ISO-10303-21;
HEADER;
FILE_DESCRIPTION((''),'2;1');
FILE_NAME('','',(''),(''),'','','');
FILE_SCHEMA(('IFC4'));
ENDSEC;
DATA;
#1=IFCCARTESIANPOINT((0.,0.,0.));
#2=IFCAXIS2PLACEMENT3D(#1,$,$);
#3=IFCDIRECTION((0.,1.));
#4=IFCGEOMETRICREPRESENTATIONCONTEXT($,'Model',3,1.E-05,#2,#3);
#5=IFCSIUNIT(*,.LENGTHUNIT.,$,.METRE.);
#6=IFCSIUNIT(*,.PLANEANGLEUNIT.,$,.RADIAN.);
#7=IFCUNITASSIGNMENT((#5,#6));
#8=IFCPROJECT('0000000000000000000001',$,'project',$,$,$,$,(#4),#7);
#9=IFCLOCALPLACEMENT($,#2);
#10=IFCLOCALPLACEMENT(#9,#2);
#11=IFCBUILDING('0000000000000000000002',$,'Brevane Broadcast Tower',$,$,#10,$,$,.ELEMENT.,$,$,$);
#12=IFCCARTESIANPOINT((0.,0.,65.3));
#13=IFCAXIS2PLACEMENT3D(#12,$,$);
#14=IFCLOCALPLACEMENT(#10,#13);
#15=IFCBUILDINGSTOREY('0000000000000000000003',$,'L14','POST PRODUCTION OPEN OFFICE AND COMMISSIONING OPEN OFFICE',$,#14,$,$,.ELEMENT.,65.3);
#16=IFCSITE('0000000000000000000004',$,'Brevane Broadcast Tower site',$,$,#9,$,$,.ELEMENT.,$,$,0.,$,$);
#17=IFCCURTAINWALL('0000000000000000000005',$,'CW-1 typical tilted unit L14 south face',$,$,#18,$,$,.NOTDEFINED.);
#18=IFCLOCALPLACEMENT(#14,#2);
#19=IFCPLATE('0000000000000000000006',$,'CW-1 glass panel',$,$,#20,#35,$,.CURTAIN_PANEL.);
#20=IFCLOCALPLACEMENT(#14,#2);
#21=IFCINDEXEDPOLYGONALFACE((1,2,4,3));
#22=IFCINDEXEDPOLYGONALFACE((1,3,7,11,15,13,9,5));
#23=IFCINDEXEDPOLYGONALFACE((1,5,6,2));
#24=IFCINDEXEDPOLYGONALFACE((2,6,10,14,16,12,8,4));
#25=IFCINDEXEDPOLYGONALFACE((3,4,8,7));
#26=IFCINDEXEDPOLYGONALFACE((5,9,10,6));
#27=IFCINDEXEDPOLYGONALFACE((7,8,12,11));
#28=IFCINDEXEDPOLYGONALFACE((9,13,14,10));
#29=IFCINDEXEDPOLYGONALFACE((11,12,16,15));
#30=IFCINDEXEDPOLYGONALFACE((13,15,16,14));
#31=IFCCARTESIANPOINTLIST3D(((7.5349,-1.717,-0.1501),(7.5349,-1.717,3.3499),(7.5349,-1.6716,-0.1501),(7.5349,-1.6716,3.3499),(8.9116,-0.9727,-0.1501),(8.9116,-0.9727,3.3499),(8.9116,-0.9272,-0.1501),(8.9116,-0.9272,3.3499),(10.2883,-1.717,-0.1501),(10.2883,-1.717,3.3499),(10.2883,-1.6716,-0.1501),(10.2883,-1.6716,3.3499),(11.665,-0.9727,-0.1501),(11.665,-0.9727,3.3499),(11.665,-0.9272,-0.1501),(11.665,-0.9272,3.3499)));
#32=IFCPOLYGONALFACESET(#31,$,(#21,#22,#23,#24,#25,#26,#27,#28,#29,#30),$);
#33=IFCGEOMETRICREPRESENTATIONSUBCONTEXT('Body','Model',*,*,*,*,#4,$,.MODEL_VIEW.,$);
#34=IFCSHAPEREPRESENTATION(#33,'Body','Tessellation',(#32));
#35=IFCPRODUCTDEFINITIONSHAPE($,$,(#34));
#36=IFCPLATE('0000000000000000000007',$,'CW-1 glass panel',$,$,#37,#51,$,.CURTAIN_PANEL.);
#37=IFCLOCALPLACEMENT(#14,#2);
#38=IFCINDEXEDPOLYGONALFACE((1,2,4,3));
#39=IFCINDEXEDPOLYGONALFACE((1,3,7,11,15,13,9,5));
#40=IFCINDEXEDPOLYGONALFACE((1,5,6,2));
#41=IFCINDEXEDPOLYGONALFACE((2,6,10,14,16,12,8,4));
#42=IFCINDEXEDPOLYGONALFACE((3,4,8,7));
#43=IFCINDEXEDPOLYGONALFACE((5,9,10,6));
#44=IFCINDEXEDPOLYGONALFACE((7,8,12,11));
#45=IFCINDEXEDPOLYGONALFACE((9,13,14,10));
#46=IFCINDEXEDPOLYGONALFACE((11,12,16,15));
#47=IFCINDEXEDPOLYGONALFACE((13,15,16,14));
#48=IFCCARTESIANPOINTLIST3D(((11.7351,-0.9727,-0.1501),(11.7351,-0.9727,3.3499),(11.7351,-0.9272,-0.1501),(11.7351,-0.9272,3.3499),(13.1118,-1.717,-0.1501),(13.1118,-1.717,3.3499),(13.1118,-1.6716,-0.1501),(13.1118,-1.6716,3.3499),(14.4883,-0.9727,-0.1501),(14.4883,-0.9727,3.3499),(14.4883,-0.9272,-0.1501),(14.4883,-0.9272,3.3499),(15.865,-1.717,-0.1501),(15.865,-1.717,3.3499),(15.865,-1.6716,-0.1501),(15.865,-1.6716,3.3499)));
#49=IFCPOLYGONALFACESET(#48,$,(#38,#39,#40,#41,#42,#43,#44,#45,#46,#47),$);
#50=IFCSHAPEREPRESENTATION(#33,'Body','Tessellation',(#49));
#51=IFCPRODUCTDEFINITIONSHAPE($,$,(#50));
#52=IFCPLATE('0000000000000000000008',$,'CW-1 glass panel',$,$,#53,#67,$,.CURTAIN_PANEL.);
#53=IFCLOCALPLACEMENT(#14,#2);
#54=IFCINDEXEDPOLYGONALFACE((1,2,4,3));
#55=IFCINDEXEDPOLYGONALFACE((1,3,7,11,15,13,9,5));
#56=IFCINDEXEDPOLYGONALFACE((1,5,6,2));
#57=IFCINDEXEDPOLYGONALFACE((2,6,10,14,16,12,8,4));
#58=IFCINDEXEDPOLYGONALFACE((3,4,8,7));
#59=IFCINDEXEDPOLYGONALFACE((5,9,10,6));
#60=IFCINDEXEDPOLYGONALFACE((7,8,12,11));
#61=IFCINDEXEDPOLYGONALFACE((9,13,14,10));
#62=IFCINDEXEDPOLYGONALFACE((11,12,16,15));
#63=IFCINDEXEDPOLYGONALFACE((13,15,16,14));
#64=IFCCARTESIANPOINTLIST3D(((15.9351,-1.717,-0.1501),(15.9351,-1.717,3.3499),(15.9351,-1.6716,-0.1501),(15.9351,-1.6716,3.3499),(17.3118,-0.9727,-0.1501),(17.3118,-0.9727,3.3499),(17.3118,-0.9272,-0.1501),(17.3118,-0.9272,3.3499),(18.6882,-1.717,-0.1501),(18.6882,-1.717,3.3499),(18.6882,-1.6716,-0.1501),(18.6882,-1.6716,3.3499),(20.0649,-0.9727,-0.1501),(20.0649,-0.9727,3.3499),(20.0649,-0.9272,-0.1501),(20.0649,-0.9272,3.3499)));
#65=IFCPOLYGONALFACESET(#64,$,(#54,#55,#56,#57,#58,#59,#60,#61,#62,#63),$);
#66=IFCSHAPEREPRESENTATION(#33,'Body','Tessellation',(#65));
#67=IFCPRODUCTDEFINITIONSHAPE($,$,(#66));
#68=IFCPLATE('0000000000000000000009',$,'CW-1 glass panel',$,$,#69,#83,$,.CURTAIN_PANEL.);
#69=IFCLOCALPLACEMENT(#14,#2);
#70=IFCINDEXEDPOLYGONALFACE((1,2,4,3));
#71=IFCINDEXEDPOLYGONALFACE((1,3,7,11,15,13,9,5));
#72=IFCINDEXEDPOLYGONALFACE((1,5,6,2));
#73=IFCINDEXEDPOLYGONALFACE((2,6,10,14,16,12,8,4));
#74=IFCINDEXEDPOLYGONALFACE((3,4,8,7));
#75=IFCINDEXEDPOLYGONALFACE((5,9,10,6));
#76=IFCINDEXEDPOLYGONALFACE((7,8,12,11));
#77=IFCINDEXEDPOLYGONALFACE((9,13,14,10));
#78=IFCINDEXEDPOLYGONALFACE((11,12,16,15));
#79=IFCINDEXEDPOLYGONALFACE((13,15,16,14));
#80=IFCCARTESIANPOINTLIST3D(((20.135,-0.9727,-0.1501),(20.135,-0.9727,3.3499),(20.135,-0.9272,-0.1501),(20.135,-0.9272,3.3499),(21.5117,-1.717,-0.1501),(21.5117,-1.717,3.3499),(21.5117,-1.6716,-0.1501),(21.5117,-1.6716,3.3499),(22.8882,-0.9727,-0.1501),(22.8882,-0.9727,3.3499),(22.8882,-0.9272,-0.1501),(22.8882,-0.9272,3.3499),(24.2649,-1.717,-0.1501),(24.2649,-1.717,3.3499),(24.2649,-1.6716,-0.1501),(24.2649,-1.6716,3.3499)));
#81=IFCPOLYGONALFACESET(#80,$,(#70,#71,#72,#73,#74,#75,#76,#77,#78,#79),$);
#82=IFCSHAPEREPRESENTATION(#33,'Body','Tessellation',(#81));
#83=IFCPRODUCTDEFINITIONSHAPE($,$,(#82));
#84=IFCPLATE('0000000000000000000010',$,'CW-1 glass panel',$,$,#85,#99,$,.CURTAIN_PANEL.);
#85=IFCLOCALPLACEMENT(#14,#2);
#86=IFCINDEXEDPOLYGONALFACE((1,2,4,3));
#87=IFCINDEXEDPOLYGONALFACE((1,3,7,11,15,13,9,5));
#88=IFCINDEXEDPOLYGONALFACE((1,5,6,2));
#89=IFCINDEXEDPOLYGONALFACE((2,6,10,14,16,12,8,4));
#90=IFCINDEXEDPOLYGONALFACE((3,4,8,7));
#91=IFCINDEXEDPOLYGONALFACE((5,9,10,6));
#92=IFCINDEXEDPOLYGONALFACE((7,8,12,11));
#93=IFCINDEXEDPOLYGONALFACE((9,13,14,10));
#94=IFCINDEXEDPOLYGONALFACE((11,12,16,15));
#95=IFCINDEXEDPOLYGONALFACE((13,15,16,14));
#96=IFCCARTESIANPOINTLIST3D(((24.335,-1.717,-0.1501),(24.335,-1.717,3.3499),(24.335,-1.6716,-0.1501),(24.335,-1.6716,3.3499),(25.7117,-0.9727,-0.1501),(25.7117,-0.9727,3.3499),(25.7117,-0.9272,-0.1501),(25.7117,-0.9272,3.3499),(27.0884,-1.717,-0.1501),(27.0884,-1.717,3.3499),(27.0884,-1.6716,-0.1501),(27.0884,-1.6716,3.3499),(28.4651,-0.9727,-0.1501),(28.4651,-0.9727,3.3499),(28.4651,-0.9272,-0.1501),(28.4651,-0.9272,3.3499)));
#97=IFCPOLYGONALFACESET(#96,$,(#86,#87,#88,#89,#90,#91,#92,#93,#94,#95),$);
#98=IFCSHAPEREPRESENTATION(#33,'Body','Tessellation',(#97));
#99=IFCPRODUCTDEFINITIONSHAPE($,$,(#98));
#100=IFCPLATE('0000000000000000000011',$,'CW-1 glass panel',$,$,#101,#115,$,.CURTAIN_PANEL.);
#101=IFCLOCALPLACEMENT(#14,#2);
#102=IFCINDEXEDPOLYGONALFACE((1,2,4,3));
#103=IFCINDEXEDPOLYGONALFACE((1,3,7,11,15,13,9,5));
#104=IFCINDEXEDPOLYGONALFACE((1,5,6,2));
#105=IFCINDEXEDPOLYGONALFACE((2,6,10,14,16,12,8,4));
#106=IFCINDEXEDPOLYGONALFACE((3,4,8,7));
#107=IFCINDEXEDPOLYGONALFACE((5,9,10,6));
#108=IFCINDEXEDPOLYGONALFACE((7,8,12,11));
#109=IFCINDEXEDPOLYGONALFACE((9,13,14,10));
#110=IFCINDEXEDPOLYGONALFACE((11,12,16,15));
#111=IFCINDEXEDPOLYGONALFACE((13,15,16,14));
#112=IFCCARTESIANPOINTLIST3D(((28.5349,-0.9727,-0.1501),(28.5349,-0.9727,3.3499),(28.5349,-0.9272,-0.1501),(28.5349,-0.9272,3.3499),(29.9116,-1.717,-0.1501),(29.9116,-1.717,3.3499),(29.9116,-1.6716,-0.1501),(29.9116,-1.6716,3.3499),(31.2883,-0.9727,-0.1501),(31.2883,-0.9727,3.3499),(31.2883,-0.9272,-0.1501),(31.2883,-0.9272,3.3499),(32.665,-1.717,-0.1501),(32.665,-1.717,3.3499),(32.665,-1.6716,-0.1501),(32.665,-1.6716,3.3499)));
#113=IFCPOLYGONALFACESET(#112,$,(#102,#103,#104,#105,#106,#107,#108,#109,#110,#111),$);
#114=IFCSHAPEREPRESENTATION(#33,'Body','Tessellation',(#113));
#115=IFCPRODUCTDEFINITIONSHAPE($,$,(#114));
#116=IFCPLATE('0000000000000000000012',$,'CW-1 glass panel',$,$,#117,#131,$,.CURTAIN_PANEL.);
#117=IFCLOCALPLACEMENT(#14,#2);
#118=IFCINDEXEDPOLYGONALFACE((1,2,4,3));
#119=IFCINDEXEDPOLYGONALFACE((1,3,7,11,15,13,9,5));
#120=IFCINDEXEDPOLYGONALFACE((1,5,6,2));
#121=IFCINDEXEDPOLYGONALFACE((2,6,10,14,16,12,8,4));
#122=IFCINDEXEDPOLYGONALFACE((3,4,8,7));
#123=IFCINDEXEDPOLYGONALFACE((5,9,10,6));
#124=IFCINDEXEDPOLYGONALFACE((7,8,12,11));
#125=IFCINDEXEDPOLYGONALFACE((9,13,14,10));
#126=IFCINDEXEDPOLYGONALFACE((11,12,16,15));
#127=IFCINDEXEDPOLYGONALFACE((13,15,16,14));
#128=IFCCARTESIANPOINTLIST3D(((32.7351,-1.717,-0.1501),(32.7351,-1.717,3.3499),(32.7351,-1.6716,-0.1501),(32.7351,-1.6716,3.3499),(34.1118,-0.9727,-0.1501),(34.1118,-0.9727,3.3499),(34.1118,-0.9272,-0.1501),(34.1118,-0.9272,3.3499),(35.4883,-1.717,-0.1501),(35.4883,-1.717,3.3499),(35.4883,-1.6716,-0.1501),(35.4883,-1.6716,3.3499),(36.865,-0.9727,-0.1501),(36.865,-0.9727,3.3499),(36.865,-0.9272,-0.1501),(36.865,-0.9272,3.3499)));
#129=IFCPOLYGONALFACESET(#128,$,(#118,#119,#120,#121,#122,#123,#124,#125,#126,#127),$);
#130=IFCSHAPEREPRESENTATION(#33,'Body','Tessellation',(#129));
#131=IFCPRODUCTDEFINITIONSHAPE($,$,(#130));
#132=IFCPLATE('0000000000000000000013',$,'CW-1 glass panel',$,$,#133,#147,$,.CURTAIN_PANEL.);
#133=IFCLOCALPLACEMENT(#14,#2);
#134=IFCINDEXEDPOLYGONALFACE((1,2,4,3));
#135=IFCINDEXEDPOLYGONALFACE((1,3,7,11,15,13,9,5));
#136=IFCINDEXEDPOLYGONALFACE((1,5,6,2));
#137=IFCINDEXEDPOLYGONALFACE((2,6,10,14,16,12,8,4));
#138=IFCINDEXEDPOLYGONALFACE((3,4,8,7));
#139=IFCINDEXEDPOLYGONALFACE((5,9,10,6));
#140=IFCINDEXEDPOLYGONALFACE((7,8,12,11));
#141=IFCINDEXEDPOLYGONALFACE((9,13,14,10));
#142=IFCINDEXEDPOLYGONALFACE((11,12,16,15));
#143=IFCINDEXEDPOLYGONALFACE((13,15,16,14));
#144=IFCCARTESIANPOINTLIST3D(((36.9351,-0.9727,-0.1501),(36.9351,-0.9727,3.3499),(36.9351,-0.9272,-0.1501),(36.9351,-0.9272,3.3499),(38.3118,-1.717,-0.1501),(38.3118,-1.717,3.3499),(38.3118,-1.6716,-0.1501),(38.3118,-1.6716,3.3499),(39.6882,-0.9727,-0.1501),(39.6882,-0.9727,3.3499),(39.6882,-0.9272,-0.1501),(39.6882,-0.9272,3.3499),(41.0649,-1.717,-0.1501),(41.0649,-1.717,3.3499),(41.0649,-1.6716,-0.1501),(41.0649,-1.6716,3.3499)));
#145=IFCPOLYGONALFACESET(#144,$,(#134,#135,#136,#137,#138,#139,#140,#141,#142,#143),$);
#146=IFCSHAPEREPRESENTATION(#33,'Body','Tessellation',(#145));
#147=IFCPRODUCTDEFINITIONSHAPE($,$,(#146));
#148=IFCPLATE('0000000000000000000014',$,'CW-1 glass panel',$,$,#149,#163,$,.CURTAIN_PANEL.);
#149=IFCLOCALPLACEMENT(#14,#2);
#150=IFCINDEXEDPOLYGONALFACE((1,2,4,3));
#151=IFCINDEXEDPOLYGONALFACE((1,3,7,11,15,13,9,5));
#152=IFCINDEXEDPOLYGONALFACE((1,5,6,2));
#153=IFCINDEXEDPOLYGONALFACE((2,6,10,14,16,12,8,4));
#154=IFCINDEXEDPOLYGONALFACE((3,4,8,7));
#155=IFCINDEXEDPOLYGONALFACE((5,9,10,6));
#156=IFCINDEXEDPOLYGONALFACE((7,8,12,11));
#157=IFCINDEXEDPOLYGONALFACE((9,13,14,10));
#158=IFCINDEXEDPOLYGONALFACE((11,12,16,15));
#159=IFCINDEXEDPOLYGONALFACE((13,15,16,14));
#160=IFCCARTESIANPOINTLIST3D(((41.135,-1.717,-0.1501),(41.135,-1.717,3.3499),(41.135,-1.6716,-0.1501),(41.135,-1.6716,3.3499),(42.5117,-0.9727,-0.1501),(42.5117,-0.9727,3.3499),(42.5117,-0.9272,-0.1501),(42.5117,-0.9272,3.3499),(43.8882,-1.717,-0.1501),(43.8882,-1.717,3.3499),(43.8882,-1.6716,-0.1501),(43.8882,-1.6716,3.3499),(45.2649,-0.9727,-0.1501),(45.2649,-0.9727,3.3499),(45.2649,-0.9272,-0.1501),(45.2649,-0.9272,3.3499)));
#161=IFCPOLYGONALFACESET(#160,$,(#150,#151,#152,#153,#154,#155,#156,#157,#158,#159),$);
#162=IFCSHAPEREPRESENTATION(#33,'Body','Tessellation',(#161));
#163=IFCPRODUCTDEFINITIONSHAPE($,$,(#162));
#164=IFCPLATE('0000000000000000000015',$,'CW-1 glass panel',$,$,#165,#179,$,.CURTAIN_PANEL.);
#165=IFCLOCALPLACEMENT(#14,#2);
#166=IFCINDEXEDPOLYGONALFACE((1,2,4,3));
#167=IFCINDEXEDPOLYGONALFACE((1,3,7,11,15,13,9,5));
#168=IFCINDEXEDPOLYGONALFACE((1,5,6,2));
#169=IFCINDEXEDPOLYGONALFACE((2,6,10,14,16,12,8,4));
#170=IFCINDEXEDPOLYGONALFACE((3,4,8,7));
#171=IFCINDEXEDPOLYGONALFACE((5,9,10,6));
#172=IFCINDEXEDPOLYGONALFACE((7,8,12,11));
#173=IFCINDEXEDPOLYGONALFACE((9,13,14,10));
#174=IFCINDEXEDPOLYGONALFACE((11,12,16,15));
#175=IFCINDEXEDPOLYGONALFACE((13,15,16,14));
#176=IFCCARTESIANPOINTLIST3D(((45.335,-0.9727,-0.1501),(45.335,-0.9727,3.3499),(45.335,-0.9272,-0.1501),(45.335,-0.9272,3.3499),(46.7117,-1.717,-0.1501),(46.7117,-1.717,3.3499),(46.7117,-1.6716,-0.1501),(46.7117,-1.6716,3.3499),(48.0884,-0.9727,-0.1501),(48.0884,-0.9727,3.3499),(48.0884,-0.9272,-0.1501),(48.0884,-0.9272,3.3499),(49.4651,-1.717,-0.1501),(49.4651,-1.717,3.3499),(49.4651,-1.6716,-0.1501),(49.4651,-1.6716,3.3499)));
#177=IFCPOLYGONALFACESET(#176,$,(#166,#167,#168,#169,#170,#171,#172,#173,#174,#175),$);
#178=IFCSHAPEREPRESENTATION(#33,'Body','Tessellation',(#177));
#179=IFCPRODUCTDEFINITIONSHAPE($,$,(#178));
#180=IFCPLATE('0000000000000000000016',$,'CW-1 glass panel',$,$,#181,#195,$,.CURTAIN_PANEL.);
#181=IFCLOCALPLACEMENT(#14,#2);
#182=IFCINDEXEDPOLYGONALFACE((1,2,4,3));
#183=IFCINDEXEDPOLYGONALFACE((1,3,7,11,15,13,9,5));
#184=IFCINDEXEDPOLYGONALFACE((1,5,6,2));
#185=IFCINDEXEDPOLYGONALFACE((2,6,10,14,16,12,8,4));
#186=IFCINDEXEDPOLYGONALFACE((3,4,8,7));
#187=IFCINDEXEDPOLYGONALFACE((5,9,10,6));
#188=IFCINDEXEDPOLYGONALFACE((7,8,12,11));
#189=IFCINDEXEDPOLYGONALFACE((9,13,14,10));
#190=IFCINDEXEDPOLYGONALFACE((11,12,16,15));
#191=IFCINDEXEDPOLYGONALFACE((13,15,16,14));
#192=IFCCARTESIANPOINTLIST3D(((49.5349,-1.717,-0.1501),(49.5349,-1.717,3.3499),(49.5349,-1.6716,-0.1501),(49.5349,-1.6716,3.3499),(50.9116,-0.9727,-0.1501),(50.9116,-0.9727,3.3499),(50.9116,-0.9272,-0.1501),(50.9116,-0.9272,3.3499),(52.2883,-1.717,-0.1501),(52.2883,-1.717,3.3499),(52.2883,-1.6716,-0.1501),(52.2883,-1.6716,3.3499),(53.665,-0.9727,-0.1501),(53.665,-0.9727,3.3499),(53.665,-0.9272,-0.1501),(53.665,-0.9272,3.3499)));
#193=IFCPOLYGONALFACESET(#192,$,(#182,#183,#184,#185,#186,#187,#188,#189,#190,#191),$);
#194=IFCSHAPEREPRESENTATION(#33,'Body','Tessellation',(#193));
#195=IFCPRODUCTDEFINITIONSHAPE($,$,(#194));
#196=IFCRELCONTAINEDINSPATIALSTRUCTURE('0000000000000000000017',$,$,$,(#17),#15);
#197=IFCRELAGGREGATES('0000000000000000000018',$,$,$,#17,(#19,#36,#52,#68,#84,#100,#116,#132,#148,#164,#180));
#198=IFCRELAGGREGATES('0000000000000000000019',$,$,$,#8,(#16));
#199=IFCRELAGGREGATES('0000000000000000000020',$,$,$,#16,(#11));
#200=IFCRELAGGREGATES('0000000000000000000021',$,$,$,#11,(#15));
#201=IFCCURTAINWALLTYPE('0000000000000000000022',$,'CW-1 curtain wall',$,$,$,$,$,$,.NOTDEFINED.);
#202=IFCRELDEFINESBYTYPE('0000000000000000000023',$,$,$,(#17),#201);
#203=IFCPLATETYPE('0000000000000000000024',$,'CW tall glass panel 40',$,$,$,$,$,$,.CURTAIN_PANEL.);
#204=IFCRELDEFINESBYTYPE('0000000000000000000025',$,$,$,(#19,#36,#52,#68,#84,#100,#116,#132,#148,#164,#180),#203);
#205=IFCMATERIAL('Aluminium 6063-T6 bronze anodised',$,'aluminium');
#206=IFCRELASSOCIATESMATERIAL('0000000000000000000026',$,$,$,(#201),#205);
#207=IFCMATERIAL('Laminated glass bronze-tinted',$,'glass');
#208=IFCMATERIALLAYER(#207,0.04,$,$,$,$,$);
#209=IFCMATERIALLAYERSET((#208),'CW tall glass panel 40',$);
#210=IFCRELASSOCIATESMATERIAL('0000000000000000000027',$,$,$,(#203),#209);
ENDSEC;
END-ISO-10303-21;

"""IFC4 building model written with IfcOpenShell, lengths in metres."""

from ifc_helpers import new_model, si_unit, direction, frame, origin, place, context, subcontext, project, spatial, polyline, outline, extrude, material, layer, layer_set, type_object, element, aggregate, save


model = new_model("IFC4")

# Units and contexts
model_context = context("Model", 3, precision=1e-05, world=origin(), true_north=direction((0.0, 1.0)))
body_context = subcontext(model_context, "Body", "Model", "MODEL_VIEW")
ifc_project = project(units=[si_unit("LENGTHUNIT", "METRE"), si_unit("PLANEANGLEUNIT", "RADIAN")], contexts=[model_context])

# Site, building, storey
site_placement = place(None, origin())
site = spatial("IfcSite", under=ifc_project, at=site_placement, Name="Brevane Broadcast Tower site", CompositionType="ELEMENT", RefElevation=0.0)
building_placement = place(site_placement, origin())
building = spatial("IfcBuilding", under=site, at=building_placement, Name="Brevane Broadcast Tower", CompositionType="ELEMENT")
storey_placement = place(building_placement, frame((0.0, 0.0, 65.3)))
storey = spatial("IfcBuildingStorey", under=building, at=storey_placement, Name="L14", Description="POST PRODUCTION OPEN OFFICE AND COMMISSIONING OPEN OFFICE", CompositionType="ELEMENT", Elevation=65.3)

# Curtain wall, plates
ifc_material_1 = material(Name="Aluminium 6063-T6 bronze anodised", Category="aluminium")
curtain_wall_type = type_object("IfcCurtainWallType", Name="CW-1 curtain wall", PredefinedType="NOTDEFINED", material=ifc_material_1)
curtain_wall_1_placement = place(storey_placement, origin())
curtain_wall_1 = element("IfcCurtainWall", 1, at=curtain_wall_1_placement, inside=storey, type_object=curtain_wall_type, Name="CW-1 typical tilted unit L14 south face", PredefinedType="NOTDEFINED")
ifc_material_2 = material(Name="Laminated glass bronze-tinted", Category="glass")
ifc_layer = layer(ifc_material_2, 0.04)
ifc_layer_set = layer_set([ifc_layer], Name="CW tall glass panel 40")
plate_type = type_object("IfcPlateType", Name="CW tall glass panel 40", PredefinedType="CURTAIN_PANEL", material=ifc_layer_set)
plate_1_placement = place(storey_placement, frame((0.0, 0.0, -0.1501)))
plate_1 = element("IfcPlate", 2, at=plate_1_placement, type_object=plate_type, Name="CW-1 glass panel", PredefinedType="CURTAIN_PANEL", context=body_context, shape_type="SweptSolid", body=[
    extrude(outline(polyline([(7.5349, -1.6716), (7.5349, -1.717), (8.9116, -0.9727), (10.2883, -1.717), (11.665, -0.9727), (11.665, -0.9272), (10.2883, -1.6716), (8.9116, -0.9272), (7.5349, -1.6716)])), origin(), (0.0, 0.0, 1.0), 3.5),
])
plate_2_placement = place(storey_placement, frame((0.0, 0.0, -0.1501)))
plate_2 = element("IfcPlate", 3, at=plate_2_placement, type_object=plate_type, Name="CW-1 glass panel", PredefinedType="CURTAIN_PANEL", context=body_context, shape_type="SweptSolid", body=[
    extrude(outline(polyline([(11.7351, -0.9272), (11.7351, -0.9727), (13.1118, -1.717), (14.4883, -0.9727), (15.865, -1.717), (15.865, -1.6716), (14.4883, -0.9272), (13.1118, -1.6716), (11.7351, -0.9272)])), origin(), (0.0, 0.0, 1.0), 3.5),
])
plate_3_placement = place(storey_placement, frame((0.0, 0.0, -0.1501)))
plate_3 = element("IfcPlate", 4, at=plate_3_placement, type_object=plate_type, Name="CW-1 glass panel", PredefinedType="CURTAIN_PANEL", context=body_context, shape_type="SweptSolid", body=[
    extrude(outline(polyline([(15.9351, -1.6716), (15.9351, -1.717), (17.3118, -0.9727), (18.6882, -1.717), (20.0649, -0.9727), (20.0649, -0.9272), (18.6882, -1.6716), (17.3118, -0.9272), (15.9351, -1.6716)])), origin(), (0.0, 0.0, 1.0), 3.5),
])
plate_4_placement = place(storey_placement, frame((0.0, 0.0, -0.1501)))
plate_4 = element("IfcPlate", 5, at=plate_4_placement, type_object=plate_type, Name="CW-1 glass panel", PredefinedType="CURTAIN_PANEL", context=body_context, shape_type="SweptSolid", body=[
    extrude(outline(polyline([(20.135, -0.9272), (20.135, -0.9727), (21.5117, -1.717), (22.8882, -0.9727), (24.2649, -1.717), (24.2649, -1.6716), (22.8882, -0.9272), (21.5117, -1.6716), (20.135, -0.9272)])), origin(), (0.0, 0.0, 1.0), 3.5),
])
plate_5_placement = place(storey_placement, frame((0.0, 0.0, -0.1501)))
plate_5 = element("IfcPlate", 6, at=plate_5_placement, type_object=plate_type, Name="CW-1 glass panel", PredefinedType="CURTAIN_PANEL", context=body_context, shape_type="SweptSolid", body=[
    extrude(outline(polyline([(24.335, -1.6716), (24.335, -1.717), (25.7117, -0.9727), (27.0884, -1.717), (28.4651, -0.9727), (28.4651, -0.9272), (27.0884, -1.6716), (25.7117, -0.9272), (24.335, -1.6716)])), origin(), (0.0, 0.0, 1.0), 3.5),
])
plate_6_placement = place(storey_placement, frame((0.0, 0.0, -0.1501)))
plate_6 = element("IfcPlate", 7, at=plate_6_placement, type_object=plate_type, Name="CW-1 glass panel", PredefinedType="CURTAIN_PANEL", context=body_context, shape_type="SweptSolid", body=[
    extrude(outline(polyline([(28.5349, -0.9272), (28.5349, -0.9727), (29.9116, -1.717), (31.2883, -0.9727), (32.665, -1.717), (32.665, -1.6716), (31.2883, -0.9272), (29.9116, -1.6716), (28.5349, -0.9272)])), origin(), (0.0, 0.0, 1.0), 3.5),
])
plate_7_placement = place(storey_placement, frame((0.0, 0.0, -0.1501)))
plate_7 = element("IfcPlate", 8, at=plate_7_placement, type_object=plate_type, Name="CW-1 glass panel", PredefinedType="CURTAIN_PANEL", context=body_context, shape_type="SweptSolid", body=[
    extrude(outline(polyline([(32.7351, -1.6716), (32.7351, -1.717), (34.1118, -0.9727), (35.4883, -1.717), (36.865, -0.9727), (36.865, -0.9272), (35.4883, -1.6716), (34.1118, -0.9272), (32.7351, -1.6716)])), origin(), (0.0, 0.0, 1.0), 3.5),
])
plate_8_placement = place(storey_placement, frame((0.0, 0.0, -0.1501)))
plate_8 = element("IfcPlate", 9, at=plate_8_placement, type_object=plate_type, Name="CW-1 glass panel", PredefinedType="CURTAIN_PANEL", context=body_context, shape_type="SweptSolid", body=[
    extrude(outline(polyline([(36.9351, -0.9272), (36.9351, -0.9727), (38.3118, -1.717), (39.6882, -0.9727), (41.0649, -1.717), (41.0649, -1.6716), (39.6882, -0.9272), (38.3118, -1.6716), (36.9351, -0.9272)])), origin(), (0.0, 0.0, 1.0), 3.5),
])
plate_9_placement = place(storey_placement, frame((0.0, 0.0, -0.1501)))
plate_9 = element("IfcPlate", 10, at=plate_9_placement, type_object=plate_type, Name="CW-1 glass panel", PredefinedType="CURTAIN_PANEL", context=body_context, shape_type="SweptSolid", body=[
    extrude(outline(polyline([(41.135, -1.6716), (41.135, -1.717), (42.5117, -0.9727), (43.8882, -1.717), (45.2649, -0.9727), (45.2649, -0.9272), (43.8882, -1.6716), (42.5117, -0.9272), (41.135, -1.6716)])), origin(), (0.0, 0.0, 1.0), 3.5),
])
plate_10_placement = place(storey_placement, frame((0.0, 0.0, -0.1501)))
plate_10 = element("IfcPlate", 11, at=plate_10_placement, type_object=plate_type, Name="CW-1 glass panel", PredefinedType="CURTAIN_PANEL", context=body_context, shape_type="SweptSolid", body=[
    extrude(outline(polyline([(45.335, -0.9272), (45.335, -0.9727), (46.7117, -1.717), (48.0884, -0.9727), (49.4651, -1.717), (49.4651, -1.6716), (48.0884, -0.9272), (46.7117, -1.6716), (45.335, -0.9272)])), origin(), (0.0, 0.0, 1.0), 3.5),
])
plate_11_placement = place(storey_placement, frame((0.0, 0.0, -0.1501)))
plate_11 = element("IfcPlate", 12, at=plate_11_placement, type_object=plate_type, Name="CW-1 glass panel", PredefinedType="CURTAIN_PANEL", context=body_context, shape_type="SweptSolid", body=[
    extrude(outline(polyline([(49.5349, -1.6716), (49.5349, -1.717), (50.9116, -0.9727), (52.2883, -1.717), (53.665, -0.9727), (53.665, -0.9272), (52.2883, -1.6716), (50.9116, -0.9272), (49.5349, -1.6716)])), origin(), (0.0, 0.0, 1.0), 3.5),
])
aggregate(curtain_wall_1, [plate_1, plate_2, plate_3, plate_4, plate_5, plate_6, plate_7, plate_8, plate_9, plate_10, plate_11])

save(model, "model.ifc")
